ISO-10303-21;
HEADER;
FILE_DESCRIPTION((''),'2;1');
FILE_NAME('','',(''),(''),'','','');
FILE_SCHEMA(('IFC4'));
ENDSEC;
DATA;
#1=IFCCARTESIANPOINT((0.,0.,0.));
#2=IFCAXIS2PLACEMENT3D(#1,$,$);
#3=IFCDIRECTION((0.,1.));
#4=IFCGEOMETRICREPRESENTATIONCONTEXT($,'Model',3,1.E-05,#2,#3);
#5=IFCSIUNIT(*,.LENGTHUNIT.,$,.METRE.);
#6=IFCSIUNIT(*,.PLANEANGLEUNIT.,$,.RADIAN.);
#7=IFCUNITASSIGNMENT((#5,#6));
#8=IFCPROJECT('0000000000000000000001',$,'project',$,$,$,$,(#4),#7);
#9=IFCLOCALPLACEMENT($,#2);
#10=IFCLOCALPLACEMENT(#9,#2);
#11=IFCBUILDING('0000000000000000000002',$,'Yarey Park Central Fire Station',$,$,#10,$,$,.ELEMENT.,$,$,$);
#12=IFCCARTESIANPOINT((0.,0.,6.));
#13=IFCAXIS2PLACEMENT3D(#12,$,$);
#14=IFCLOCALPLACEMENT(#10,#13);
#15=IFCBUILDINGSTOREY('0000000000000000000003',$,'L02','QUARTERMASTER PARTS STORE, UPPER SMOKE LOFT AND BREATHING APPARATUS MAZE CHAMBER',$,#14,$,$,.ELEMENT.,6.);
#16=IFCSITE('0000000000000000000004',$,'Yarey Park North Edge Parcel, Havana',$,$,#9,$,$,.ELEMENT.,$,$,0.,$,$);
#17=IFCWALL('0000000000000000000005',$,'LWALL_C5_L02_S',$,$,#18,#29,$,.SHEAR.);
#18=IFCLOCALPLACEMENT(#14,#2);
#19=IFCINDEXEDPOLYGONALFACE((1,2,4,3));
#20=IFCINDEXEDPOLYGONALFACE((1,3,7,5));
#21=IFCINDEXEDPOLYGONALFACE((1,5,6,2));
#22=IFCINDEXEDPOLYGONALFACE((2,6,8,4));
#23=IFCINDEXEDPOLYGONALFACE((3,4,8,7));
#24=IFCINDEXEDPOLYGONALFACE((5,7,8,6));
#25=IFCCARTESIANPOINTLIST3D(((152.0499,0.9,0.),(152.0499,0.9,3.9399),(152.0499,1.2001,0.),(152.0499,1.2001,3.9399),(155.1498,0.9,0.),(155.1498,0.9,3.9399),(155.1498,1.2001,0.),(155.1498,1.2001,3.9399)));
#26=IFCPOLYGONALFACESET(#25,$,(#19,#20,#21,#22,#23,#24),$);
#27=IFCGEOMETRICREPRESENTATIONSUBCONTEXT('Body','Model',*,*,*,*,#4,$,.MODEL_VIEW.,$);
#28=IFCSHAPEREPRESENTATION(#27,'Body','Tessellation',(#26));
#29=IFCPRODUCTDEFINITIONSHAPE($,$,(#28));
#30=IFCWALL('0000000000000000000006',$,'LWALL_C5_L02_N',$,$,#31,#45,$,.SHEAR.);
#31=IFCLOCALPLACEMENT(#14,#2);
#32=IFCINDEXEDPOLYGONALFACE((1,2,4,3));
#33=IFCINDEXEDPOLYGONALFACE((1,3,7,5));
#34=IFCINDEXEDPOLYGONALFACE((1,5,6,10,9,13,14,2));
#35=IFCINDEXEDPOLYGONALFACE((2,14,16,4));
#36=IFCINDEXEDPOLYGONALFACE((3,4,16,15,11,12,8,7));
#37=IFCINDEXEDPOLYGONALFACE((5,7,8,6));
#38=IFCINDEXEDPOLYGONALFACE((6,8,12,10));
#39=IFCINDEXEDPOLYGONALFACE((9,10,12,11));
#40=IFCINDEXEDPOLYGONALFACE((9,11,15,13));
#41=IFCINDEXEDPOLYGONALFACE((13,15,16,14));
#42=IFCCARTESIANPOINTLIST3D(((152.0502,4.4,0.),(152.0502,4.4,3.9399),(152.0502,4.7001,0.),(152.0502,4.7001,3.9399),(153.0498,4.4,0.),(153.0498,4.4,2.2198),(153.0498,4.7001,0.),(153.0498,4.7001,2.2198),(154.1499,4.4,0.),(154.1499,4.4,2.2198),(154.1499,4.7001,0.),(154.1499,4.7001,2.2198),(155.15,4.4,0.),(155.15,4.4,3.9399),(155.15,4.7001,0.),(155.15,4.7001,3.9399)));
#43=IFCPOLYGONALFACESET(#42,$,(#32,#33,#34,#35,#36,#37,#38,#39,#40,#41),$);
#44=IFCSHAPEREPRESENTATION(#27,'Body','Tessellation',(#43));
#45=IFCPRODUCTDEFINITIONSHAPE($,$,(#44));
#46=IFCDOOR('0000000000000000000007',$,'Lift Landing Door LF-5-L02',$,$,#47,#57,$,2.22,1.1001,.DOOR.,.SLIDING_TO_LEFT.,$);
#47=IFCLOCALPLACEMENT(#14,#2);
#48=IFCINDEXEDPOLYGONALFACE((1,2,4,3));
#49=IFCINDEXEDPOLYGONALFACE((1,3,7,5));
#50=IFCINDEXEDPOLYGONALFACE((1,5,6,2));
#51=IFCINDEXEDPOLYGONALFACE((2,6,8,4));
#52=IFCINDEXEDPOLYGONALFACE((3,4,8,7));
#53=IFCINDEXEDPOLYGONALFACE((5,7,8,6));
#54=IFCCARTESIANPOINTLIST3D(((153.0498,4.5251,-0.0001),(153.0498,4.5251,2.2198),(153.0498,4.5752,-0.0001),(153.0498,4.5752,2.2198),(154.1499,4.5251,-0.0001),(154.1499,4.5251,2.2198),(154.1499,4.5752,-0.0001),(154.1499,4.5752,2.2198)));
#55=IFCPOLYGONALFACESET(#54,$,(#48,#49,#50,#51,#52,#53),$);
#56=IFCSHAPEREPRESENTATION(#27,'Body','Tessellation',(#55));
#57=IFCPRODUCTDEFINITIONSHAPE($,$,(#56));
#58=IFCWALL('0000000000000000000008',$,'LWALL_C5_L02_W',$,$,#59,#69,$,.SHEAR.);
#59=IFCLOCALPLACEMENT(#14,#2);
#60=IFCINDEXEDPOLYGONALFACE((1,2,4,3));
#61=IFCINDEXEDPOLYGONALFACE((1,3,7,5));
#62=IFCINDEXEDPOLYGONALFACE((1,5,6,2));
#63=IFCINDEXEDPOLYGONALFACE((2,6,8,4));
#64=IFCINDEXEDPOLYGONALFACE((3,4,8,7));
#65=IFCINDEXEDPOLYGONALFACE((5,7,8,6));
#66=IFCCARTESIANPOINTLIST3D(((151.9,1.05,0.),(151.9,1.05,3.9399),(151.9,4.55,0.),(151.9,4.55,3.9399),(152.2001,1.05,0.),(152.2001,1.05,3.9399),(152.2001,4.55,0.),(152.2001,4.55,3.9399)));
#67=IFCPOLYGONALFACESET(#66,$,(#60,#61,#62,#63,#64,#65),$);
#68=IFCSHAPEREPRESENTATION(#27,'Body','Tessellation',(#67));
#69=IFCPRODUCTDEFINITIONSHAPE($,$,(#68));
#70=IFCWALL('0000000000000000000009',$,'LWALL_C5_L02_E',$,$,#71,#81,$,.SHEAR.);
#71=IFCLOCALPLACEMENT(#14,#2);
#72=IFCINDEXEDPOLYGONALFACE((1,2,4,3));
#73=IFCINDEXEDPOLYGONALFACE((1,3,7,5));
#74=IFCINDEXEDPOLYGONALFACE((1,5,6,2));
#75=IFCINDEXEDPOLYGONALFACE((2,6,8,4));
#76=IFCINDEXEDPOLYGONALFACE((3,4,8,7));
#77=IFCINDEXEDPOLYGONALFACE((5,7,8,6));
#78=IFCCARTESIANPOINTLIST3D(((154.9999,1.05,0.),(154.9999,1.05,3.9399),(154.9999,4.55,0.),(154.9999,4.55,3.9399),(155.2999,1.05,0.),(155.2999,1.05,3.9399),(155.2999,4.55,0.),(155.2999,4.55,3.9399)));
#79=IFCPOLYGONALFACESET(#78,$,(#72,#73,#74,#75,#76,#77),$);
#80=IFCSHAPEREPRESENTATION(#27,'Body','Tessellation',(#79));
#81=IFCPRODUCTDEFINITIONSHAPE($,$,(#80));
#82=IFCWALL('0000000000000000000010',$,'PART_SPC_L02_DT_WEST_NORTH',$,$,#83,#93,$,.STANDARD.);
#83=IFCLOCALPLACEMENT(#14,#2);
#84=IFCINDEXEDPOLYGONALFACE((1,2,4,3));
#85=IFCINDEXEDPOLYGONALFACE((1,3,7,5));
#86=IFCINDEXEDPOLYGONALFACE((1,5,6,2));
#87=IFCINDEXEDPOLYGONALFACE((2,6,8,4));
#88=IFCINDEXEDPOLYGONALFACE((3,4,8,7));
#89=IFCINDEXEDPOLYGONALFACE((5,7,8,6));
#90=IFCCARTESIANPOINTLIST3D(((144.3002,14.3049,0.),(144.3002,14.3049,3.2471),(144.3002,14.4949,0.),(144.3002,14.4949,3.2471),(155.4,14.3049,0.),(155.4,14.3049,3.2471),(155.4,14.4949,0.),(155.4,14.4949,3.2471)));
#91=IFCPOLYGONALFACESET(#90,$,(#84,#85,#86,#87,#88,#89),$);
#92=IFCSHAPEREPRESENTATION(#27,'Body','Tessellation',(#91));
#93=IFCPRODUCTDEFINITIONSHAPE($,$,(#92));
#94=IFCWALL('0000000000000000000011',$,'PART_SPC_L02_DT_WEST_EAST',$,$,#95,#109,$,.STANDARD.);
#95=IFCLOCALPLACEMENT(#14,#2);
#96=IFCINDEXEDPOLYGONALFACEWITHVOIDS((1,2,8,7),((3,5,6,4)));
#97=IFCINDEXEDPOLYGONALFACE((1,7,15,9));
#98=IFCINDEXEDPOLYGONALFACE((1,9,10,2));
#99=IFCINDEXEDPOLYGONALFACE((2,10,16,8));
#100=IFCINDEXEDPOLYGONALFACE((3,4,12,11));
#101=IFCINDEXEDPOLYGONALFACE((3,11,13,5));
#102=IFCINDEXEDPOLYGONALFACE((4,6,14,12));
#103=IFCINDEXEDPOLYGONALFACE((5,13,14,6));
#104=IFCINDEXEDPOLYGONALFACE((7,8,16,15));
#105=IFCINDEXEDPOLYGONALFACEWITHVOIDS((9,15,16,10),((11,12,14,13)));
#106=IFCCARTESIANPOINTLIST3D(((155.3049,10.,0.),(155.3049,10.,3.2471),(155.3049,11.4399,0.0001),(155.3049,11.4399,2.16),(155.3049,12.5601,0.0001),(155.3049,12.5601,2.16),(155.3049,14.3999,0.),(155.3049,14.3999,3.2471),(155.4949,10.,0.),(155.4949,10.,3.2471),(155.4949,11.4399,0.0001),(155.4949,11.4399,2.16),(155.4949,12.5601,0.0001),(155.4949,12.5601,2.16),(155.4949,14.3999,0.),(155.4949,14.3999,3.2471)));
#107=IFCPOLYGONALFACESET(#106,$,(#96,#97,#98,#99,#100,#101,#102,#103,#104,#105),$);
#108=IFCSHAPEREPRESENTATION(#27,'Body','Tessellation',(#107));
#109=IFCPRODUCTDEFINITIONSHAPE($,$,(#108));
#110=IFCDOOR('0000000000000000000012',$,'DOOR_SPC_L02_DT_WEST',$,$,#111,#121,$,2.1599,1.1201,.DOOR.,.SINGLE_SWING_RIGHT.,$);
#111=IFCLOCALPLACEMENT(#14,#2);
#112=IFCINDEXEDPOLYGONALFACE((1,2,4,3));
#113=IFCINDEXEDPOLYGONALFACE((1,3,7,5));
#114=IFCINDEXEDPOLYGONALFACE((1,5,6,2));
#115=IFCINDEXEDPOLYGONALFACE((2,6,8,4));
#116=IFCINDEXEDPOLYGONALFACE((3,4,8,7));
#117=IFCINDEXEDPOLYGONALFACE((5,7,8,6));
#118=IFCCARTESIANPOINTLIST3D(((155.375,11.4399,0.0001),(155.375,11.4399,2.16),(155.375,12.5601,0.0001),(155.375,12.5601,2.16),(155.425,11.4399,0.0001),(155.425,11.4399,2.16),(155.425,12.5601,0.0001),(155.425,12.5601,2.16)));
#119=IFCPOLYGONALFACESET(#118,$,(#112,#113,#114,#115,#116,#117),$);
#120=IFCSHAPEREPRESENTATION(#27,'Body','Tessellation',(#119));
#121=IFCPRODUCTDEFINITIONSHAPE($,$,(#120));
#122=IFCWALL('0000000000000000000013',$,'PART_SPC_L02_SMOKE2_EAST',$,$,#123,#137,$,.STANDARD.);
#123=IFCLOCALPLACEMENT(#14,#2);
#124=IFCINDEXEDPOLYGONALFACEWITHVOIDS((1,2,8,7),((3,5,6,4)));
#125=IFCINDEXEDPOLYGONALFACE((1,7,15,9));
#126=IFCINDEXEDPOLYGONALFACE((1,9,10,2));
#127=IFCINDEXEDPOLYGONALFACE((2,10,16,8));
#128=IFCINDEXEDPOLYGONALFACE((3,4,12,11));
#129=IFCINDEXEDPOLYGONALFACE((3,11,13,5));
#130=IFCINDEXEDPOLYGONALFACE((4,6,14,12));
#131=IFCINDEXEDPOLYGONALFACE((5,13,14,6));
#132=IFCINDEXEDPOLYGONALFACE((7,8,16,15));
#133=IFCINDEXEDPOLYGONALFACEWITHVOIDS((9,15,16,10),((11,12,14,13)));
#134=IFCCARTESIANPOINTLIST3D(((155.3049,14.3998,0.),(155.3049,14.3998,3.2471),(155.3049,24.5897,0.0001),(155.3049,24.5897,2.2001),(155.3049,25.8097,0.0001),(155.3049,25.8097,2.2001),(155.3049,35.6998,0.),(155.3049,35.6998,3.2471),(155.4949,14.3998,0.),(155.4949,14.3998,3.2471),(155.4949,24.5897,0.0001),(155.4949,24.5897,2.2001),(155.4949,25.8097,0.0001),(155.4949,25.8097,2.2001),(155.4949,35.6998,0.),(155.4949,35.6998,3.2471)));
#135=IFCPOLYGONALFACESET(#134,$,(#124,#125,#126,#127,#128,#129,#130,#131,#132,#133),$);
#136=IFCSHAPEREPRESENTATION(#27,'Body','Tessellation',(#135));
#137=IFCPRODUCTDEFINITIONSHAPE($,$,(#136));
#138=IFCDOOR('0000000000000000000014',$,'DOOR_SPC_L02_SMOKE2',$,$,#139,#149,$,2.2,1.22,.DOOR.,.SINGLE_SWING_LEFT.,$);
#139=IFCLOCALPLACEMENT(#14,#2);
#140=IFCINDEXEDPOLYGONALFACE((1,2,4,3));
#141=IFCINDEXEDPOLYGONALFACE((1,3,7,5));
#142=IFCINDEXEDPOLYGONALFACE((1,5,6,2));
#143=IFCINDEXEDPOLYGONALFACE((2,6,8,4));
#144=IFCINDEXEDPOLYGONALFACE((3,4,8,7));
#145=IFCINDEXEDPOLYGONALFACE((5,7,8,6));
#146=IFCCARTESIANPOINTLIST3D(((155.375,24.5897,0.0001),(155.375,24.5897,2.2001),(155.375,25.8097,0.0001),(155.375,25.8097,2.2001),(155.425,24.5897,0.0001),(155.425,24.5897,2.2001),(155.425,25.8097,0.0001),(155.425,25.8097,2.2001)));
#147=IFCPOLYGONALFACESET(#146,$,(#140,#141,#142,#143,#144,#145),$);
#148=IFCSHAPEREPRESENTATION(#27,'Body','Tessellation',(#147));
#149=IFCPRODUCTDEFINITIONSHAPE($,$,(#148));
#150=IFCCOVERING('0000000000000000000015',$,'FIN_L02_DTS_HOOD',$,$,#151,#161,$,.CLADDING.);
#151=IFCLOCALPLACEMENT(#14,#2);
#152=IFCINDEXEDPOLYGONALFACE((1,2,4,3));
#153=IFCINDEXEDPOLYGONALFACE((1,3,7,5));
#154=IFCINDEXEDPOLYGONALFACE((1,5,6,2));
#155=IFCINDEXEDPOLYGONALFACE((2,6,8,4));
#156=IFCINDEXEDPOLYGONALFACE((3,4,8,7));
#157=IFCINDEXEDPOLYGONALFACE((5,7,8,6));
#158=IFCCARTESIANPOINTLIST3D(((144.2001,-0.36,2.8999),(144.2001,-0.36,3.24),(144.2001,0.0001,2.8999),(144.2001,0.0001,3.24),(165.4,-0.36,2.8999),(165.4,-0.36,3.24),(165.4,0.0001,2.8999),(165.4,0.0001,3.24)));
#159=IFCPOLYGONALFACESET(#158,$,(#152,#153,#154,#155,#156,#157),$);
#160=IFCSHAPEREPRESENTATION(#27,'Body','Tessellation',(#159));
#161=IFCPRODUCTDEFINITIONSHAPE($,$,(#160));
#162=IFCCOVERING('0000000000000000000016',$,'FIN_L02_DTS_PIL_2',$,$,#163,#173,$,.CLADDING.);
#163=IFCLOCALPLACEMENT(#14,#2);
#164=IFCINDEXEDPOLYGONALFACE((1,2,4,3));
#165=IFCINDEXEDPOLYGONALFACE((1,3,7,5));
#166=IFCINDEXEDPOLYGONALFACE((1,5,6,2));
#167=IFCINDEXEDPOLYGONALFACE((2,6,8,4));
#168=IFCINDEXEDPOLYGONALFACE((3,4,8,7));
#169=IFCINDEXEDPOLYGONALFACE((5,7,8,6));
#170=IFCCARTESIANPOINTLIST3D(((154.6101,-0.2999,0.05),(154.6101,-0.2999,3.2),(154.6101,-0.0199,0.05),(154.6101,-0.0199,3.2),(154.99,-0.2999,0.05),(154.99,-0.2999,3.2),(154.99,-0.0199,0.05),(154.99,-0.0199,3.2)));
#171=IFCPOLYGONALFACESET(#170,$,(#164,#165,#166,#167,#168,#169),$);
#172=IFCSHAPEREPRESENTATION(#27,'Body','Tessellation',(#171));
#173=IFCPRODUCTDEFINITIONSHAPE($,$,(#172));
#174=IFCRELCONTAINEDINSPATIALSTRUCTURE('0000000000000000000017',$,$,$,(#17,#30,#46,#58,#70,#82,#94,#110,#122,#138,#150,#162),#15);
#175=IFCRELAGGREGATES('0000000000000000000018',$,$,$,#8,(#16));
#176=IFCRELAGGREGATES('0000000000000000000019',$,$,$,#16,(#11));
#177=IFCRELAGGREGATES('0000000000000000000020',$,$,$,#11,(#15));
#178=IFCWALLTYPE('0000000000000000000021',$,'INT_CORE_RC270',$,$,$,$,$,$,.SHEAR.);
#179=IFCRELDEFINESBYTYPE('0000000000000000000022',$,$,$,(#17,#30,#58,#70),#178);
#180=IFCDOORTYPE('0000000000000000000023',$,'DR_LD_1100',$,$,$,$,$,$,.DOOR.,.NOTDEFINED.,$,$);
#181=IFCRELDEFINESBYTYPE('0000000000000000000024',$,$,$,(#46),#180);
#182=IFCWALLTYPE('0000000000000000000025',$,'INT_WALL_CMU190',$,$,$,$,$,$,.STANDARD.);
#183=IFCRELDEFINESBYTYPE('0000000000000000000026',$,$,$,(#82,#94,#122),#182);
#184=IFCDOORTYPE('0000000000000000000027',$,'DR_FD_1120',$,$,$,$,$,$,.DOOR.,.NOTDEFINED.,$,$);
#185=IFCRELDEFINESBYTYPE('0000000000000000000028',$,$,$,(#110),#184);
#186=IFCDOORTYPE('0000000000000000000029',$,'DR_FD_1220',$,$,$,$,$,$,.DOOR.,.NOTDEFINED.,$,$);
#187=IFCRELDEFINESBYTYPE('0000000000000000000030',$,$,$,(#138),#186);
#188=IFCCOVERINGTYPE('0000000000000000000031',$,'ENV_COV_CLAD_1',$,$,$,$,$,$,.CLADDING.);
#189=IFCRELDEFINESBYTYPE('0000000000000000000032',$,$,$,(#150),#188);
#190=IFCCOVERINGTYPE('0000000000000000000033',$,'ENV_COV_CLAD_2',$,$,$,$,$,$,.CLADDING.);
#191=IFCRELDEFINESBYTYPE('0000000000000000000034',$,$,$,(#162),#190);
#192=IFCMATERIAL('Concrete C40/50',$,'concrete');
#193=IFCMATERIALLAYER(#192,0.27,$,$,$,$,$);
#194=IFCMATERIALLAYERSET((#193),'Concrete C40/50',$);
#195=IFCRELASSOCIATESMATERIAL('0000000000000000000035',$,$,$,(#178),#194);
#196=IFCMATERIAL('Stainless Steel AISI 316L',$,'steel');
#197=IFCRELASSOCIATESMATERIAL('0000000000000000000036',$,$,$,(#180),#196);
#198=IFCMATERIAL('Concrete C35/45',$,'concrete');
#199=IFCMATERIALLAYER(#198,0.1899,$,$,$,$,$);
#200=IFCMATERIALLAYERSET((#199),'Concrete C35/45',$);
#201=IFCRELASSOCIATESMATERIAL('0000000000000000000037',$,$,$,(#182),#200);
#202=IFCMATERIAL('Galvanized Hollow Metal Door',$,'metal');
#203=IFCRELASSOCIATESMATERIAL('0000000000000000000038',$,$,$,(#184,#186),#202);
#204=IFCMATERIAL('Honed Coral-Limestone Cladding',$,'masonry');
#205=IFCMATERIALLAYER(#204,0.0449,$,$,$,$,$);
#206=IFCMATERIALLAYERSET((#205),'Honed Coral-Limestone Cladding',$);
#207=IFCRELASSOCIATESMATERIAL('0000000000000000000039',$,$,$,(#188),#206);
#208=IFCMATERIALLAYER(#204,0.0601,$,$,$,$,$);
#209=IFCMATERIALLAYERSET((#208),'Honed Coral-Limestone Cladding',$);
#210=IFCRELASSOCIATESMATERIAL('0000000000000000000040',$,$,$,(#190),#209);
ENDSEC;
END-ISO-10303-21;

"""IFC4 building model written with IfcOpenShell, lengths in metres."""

from ifc_helpers import new_model, si_unit, direction, frame, frame_2d, origin, origin_2d, place, context, subcontext, project, spatial, rectangle, extrude, material, layer, layer_set, type_object, element, fill, save


model = new_model("IFC4")

# Units and contexts
model_context = context("Model", 3, precision=1e-05, world=origin(), true_north=direction((0.0, 1.0)))
body_context = subcontext(model_context, "Body", "Model", "MODEL_VIEW")
ifc_project = project(units=[si_unit("LENGTHUNIT", "METRE"), si_unit("PLANEANGLEUNIT", "RADIAN")], contexts=[model_context])

# Site, building, storey
site_placement = place(None, origin())
site = spatial("IfcSite", under=ifc_project, at=site_placement, Name="Yarey Park North Edge Parcel, Havana", CompositionType="ELEMENT", RefElevation=0.0)
building_placement = place(site_placement, origin())
building = spatial("IfcBuilding", under=site, at=building_placement, Name="Yarey Park Central Fire Station", CompositionType="ELEMENT")
storey_placement = place(building_placement, frame((0.0, 0.0, 6.0)))
storey = spatial("IfcBuildingStorey", under=building, at=storey_placement, Name="L02", Description="QUARTERMASTER PARTS STORE, UPPER SMOKE LOFT AND BREATHING APPARATUS MAZE CHAMBER", CompositionType="ELEMENT", Elevation=6.0)

# Shared definitions
ifc_material_1 = material(Name="Concrete C40/50", Category="concrete")

# Shared definitions
ifc_layer_1 = layer(ifc_material_1, 0.27)
ifc_layer_set_1 = layer_set([ifc_layer_1], Name="Concrete C40/50")
wall_type_1 = type_object("IfcWallType", Name="INT_CORE_RC270", PredefinedType="SHEAR", material=ifc_layer_set_1)

# Shared definitions
ifc_material_2 = material(Name="Galvanized Hollow Metal Door", Category="metal")

# Wall
wall_1_placement = place(storey_placement, frame((152.05, 1.05, 0.0), z_axis=(0.0, 0.0, 1.0), x_axis=(1.0, 0.0, 0.0)))
element("IfcWall", 1, at=wall_1_placement, inside=storey, type_object=wall_type_1, Name="LWALL_C5_L02_S", PredefinedType="SHEAR", context=body_context, shape_type="SweptSolid", body=[
    extrude(rectangle(XDim=3.0999, YDim=0.3, at=frame_2d((1.5498, 0.0))), origin(), (0.0, 0.0, 1.0), 3.9399),
])

# Wall, opening, door
wall_2_placement = place(storey_placement, frame((155.1499, 4.55, 0.0), z_axis=(0.0, 0.0, 1.0), x_axis=(-1.0, 0.0, 0.0)))
wall_2 = element("IfcWall", 2, at=wall_2_placement, inside=storey, type_object=wall_type_1, Name="LWALL_C5_L02_N", PredefinedType="SHEAR", context=body_context, shape_type="SweptSolid", body=[
    extrude(rectangle(XDim=3.0999, YDim=0.3, at=frame_2d((1.5498, 0.0))), origin(), (0.0, 0.0, 1.0), 3.9399),
])
opening_1_placement = place(wall_2_placement, frame((1.0, 0.0, 0.0)))
opening_1 = element("IfcOpeningElement", 3, at=opening_1_placement, cuts=wall_2, PredefinedType="OPENING", context=body_context, shape_type="SweptSolid", body=[
    extrude(rectangle(XDim=1.1001, YDim=2.22, at=frame_2d((0.55, 1.1099))), frame((0.0, 0.1599, 0.0), z_axis=(0.0, -1.0, 0.0), x_axis=(1.0, 0.0, 0.0)), (0.0, 0.0, 1.0), 0.3201),
])
ifc_material_3 = material(Name="Stainless Steel AISI 316L", Category="steel")
door_type_1 = type_object("IfcDoorType", Name="DR_LD_1100", OperationType="NOTDEFINED", PredefinedType="DOOR", material=ifc_material_3)
door_1_placement = place(opening_1_placement, origin())
door_1 = element("IfcDoor", 4, at=door_1_placement, inside=storey, type_object=door_type_1, Name="Lift Landing Door LF-5-L02", OperationType="SLIDING_TO_LEFT", OverallHeight=2.22, OverallWidth=1.1001, PredefinedType="DOOR", context=body_context, shape_type="SweptSolid", body=[
    extrude(rectangle(XDim=1.1001, YDim=2.22, at=frame_2d((0.55, 1.1099))), frame((0.0, 0.0249, 0.0), z_axis=(0.0, -1.0, 0.0), x_axis=(1.0, 0.0, 0.0)), (0.0, 0.0, 1.0), 0.05),
])
fill(opening_1, door_1)

# Walls
for number, where, z_axis, x_axis, name in (
    (5, (152.05, 4.55, 0.0), (0.0, 0.0, 1.0), (0.0, -1.0, 0.0), "LWALL_C5_L02_W"),
    (6, (155.1499, 1.05, 0.0), (0.0, 0.0, 1.0), (0.0, 1.0, 0.0), "LWALL_C5_L02_E"),
):
    element("IfcWall", number, at=place(storey_placement, frame(where, z_axis=z_axis, x_axis=x_axis)), inside=storey, type_object=wall_type_1, Name=name, PredefinedType="SHEAR", context=body_context, shape_type="SweptSolid", body=[
        extrude(rectangle(XDim=3.5, YDim=0.3, at=frame_2d((1.75, 0.0))), origin(), (0.0, 0.0, 1.0), 3.9399),
    ])
ifc_material_4 = material(Name="Concrete C35/45", Category="concrete")
ifc_layer_2 = layer(ifc_material_4, 0.1899)
ifc_layer_set_2 = layer_set([ifc_layer_2], Name="Concrete C35/45")
wall_type_2 = type_object("IfcWallType", Name="INT_WALL_CMU190", PredefinedType="STANDARD", material=ifc_layer_set_2)
wall_3_placement = place(storey_placement, frame((155.3999, 14.3999, 0.0), z_axis=(0.0, 0.0, 1.0), x_axis=(-1.0, 0.0, 0.0)))
element("IfcWall", 7, at=wall_3_placement, inside=storey, type_object=wall_type_2, Name="PART_SPC_L02_DT_WEST_NORTH", PredefinedType="STANDARD", context=body_context, shape_type="SweptSolid", body=[
    extrude(rectangle(XDim=11.0999, YDim=0.1899, at=frame_2d((5.5498, 0.0))), origin(), (0.0, 0.0, 1.0), 3.2471),
])

# Walls, openings, doors
wall_4_placement = place(storey_placement, frame((155.3999, 10.0, 0.0), z_axis=(0.0, 0.0, 1.0), x_axis=(0.0, 1.0, 0.0)))
wall_4 = element("IfcWall", 8, at=wall_4_placement, inside=storey, type_object=wall_type_2, Name="PART_SPC_L02_DT_WEST_EAST", PredefinedType="STANDARD", context=body_context, shape_type="SweptSolid", body=[
    extrude(rectangle(XDim=4.3999, YDim=0.1899, at=frame_2d((2.2, 0.0))), origin(), (0.0, 0.0, 1.0), 3.2471),
])
opening_2_placement = place(wall_4_placement, frame((1.4399, 0.0, 0.0)))
opening_2 = element("IfcOpeningElement", 9, at=opening_2_placement, cuts=wall_4, PredefinedType="OPENING", context=body_context, shape_type="SweptSolid", body=[
    extrude(rectangle(XDim=1.1201, YDim=2.1599, at=frame_2d((0.5601, 1.0801))), frame((0.0, 0.105, 0.0), z_axis=(0.0, -1.0, 0.0), x_axis=(1.0, 0.0, 0.0)), (0.0, 0.0, 1.0), 0.21),
])
door_type_2 = type_object("IfcDoorType", Name="DR_FD_1120", OperationType="NOTDEFINED", PredefinedType="DOOR", material=ifc_material_2)
door_2_placement = place(opening_2_placement, origin())
door_2 = element("IfcDoor", 10, at=door_2_placement, inside=storey, type_object=door_type_2, Name="DOOR_SPC_L02_DT_WEST", OperationType="SINGLE_SWING_RIGHT", OverallHeight=2.1599, OverallWidth=1.1201, PredefinedType="DOOR", context=body_context, shape_type="SweptSolid", body=[
    extrude(rectangle(XDim=1.1201, YDim=2.1599, at=frame_2d((0.5601, 1.0801))), frame((0.0, 0.0249, 0.0), z_axis=(0.0, -1.0, 0.0), x_axis=(1.0, 0.0, 0.0)), (0.0, 0.0, 1.0), 0.05),
])
fill(opening_2, door_2)
wall_5_placement = place(storey_placement, frame((155.3999, 14.3999, 0.0), z_axis=(0.0, 0.0, 1.0), x_axis=(0.0, 1.0, 0.0)))
wall_5 = element("IfcWall", 11, at=wall_5_placement, inside=storey, type_object=wall_type_2, Name="PART_SPC_L02_SMOKE2_EAST", PredefinedType="STANDARD", context=body_context, shape_type="SweptSolid", body=[
    extrude(rectangle(XDim=21.3, YDim=0.1899, at=frame_2d((10.6499, 0.0))), origin(), (0.0, 0.0, 1.0), 3.2471),
])
opening_3_placement = place(wall_5_placement, frame((10.1899, 0.0, 0.0)))
opening_3 = element("IfcOpeningElement", 12, at=opening_3_placement, cuts=wall_5, PredefinedType="OPENING", context=body_context, shape_type="SweptSolid", body=[
    extrude(rectangle(XDim=1.22, YDim=2.2, at=frame_2d((0.6099, 1.1001))), frame((0.0, 0.105, 0.0), z_axis=(0.0, -1.0, 0.0), x_axis=(1.0, 0.0, 0.0)), (0.0, 0.0, 1.0), 0.21),
])
door_type_3 = type_object("IfcDoorType", Name="DR_FD_1220", OperationType="NOTDEFINED", PredefinedType="DOOR", material=ifc_material_2)
door_3_placement = place(opening_3_placement, origin())
door_3 = element("IfcDoor", 13, at=door_3_placement, inside=storey, type_object=door_type_3, Name="DOOR_SPC_L02_SMOKE2", OperationType="SINGLE_SWING_LEFT", OverallHeight=2.2, OverallWidth=1.22, PredefinedType="DOOR", context=body_context, shape_type="SweptSolid", body=[
    extrude(rectangle(XDim=1.22, YDim=2.2, at=frame_2d((0.6099, 1.1001))), frame((0.0, 0.0249, 0.0), z_axis=(0.0, -1.0, 0.0), x_axis=(1.0, 0.0, 0.0)), (0.0, 0.0, 1.0), 0.05),
])
fill(opening_3, door_3)

# Coverings
ifc_material_5 = material(Name="Honed Coral-Limestone Cladding", Category="masonry")
ifc_layer_3 = layer(ifc_material_5, 0.0449)
ifc_layer_set_3 = layer_set([ifc_layer_3], Name="Honed Coral-Limestone Cladding")
covering_type_1 = type_object("IfcCoveringType", Name="ENV_COV_CLAD_1", PredefinedType="CLADDING", material=ifc_layer_set_3)
covering_1_placement = place(storey_placement, frame((154.8, -0.1799, 2.8999), z_axis=(0.0, 0.0, 1.0), x_axis=(1.0, 0.0, 0.0)))
element("IfcCovering", 14, at=covering_1_placement, inside=storey, type_object=covering_type_1, Name="FIN_L02_DTS_HOOD", PredefinedType="CLADDING", context=body_context, shape_type="SweptSolid", body=[
    extrude(rectangle(XDim=21.2, YDim=0.3601, at=origin_2d()), origin(), (0.0, 0.0, 1.0), 0.3401),
])
ifc_layer_4 = layer(ifc_material_5, 0.0601)
ifc_layer_set_4 = layer_set([ifc_layer_4], Name="Honed Coral-Limestone Cladding")
covering_type_2 = type_object("IfcCoveringType", Name="ENV_COV_CLAD_2", PredefinedType="CLADDING", material=ifc_layer_set_4)
covering_2_placement = place(storey_placement, frame((154.8, -0.1599, 0.05), z_axis=(0.0, 0.0, 1.0), x_axis=(1.0, 0.0, 0.0)))
element("IfcCovering", 15, at=covering_2_placement, inside=storey, type_object=covering_type_2, Name="FIN_L02_DTS_PIL_2", PredefinedType="CLADDING", context=body_context, shape_type="SweptSolid", body=[
    extrude(rectangle(XDim=0.3799, YDim=0.28, at=origin_2d()), origin(), (0.0, 0.0, 1.0), 3.1499),
])

save(model, "model.ifc")
